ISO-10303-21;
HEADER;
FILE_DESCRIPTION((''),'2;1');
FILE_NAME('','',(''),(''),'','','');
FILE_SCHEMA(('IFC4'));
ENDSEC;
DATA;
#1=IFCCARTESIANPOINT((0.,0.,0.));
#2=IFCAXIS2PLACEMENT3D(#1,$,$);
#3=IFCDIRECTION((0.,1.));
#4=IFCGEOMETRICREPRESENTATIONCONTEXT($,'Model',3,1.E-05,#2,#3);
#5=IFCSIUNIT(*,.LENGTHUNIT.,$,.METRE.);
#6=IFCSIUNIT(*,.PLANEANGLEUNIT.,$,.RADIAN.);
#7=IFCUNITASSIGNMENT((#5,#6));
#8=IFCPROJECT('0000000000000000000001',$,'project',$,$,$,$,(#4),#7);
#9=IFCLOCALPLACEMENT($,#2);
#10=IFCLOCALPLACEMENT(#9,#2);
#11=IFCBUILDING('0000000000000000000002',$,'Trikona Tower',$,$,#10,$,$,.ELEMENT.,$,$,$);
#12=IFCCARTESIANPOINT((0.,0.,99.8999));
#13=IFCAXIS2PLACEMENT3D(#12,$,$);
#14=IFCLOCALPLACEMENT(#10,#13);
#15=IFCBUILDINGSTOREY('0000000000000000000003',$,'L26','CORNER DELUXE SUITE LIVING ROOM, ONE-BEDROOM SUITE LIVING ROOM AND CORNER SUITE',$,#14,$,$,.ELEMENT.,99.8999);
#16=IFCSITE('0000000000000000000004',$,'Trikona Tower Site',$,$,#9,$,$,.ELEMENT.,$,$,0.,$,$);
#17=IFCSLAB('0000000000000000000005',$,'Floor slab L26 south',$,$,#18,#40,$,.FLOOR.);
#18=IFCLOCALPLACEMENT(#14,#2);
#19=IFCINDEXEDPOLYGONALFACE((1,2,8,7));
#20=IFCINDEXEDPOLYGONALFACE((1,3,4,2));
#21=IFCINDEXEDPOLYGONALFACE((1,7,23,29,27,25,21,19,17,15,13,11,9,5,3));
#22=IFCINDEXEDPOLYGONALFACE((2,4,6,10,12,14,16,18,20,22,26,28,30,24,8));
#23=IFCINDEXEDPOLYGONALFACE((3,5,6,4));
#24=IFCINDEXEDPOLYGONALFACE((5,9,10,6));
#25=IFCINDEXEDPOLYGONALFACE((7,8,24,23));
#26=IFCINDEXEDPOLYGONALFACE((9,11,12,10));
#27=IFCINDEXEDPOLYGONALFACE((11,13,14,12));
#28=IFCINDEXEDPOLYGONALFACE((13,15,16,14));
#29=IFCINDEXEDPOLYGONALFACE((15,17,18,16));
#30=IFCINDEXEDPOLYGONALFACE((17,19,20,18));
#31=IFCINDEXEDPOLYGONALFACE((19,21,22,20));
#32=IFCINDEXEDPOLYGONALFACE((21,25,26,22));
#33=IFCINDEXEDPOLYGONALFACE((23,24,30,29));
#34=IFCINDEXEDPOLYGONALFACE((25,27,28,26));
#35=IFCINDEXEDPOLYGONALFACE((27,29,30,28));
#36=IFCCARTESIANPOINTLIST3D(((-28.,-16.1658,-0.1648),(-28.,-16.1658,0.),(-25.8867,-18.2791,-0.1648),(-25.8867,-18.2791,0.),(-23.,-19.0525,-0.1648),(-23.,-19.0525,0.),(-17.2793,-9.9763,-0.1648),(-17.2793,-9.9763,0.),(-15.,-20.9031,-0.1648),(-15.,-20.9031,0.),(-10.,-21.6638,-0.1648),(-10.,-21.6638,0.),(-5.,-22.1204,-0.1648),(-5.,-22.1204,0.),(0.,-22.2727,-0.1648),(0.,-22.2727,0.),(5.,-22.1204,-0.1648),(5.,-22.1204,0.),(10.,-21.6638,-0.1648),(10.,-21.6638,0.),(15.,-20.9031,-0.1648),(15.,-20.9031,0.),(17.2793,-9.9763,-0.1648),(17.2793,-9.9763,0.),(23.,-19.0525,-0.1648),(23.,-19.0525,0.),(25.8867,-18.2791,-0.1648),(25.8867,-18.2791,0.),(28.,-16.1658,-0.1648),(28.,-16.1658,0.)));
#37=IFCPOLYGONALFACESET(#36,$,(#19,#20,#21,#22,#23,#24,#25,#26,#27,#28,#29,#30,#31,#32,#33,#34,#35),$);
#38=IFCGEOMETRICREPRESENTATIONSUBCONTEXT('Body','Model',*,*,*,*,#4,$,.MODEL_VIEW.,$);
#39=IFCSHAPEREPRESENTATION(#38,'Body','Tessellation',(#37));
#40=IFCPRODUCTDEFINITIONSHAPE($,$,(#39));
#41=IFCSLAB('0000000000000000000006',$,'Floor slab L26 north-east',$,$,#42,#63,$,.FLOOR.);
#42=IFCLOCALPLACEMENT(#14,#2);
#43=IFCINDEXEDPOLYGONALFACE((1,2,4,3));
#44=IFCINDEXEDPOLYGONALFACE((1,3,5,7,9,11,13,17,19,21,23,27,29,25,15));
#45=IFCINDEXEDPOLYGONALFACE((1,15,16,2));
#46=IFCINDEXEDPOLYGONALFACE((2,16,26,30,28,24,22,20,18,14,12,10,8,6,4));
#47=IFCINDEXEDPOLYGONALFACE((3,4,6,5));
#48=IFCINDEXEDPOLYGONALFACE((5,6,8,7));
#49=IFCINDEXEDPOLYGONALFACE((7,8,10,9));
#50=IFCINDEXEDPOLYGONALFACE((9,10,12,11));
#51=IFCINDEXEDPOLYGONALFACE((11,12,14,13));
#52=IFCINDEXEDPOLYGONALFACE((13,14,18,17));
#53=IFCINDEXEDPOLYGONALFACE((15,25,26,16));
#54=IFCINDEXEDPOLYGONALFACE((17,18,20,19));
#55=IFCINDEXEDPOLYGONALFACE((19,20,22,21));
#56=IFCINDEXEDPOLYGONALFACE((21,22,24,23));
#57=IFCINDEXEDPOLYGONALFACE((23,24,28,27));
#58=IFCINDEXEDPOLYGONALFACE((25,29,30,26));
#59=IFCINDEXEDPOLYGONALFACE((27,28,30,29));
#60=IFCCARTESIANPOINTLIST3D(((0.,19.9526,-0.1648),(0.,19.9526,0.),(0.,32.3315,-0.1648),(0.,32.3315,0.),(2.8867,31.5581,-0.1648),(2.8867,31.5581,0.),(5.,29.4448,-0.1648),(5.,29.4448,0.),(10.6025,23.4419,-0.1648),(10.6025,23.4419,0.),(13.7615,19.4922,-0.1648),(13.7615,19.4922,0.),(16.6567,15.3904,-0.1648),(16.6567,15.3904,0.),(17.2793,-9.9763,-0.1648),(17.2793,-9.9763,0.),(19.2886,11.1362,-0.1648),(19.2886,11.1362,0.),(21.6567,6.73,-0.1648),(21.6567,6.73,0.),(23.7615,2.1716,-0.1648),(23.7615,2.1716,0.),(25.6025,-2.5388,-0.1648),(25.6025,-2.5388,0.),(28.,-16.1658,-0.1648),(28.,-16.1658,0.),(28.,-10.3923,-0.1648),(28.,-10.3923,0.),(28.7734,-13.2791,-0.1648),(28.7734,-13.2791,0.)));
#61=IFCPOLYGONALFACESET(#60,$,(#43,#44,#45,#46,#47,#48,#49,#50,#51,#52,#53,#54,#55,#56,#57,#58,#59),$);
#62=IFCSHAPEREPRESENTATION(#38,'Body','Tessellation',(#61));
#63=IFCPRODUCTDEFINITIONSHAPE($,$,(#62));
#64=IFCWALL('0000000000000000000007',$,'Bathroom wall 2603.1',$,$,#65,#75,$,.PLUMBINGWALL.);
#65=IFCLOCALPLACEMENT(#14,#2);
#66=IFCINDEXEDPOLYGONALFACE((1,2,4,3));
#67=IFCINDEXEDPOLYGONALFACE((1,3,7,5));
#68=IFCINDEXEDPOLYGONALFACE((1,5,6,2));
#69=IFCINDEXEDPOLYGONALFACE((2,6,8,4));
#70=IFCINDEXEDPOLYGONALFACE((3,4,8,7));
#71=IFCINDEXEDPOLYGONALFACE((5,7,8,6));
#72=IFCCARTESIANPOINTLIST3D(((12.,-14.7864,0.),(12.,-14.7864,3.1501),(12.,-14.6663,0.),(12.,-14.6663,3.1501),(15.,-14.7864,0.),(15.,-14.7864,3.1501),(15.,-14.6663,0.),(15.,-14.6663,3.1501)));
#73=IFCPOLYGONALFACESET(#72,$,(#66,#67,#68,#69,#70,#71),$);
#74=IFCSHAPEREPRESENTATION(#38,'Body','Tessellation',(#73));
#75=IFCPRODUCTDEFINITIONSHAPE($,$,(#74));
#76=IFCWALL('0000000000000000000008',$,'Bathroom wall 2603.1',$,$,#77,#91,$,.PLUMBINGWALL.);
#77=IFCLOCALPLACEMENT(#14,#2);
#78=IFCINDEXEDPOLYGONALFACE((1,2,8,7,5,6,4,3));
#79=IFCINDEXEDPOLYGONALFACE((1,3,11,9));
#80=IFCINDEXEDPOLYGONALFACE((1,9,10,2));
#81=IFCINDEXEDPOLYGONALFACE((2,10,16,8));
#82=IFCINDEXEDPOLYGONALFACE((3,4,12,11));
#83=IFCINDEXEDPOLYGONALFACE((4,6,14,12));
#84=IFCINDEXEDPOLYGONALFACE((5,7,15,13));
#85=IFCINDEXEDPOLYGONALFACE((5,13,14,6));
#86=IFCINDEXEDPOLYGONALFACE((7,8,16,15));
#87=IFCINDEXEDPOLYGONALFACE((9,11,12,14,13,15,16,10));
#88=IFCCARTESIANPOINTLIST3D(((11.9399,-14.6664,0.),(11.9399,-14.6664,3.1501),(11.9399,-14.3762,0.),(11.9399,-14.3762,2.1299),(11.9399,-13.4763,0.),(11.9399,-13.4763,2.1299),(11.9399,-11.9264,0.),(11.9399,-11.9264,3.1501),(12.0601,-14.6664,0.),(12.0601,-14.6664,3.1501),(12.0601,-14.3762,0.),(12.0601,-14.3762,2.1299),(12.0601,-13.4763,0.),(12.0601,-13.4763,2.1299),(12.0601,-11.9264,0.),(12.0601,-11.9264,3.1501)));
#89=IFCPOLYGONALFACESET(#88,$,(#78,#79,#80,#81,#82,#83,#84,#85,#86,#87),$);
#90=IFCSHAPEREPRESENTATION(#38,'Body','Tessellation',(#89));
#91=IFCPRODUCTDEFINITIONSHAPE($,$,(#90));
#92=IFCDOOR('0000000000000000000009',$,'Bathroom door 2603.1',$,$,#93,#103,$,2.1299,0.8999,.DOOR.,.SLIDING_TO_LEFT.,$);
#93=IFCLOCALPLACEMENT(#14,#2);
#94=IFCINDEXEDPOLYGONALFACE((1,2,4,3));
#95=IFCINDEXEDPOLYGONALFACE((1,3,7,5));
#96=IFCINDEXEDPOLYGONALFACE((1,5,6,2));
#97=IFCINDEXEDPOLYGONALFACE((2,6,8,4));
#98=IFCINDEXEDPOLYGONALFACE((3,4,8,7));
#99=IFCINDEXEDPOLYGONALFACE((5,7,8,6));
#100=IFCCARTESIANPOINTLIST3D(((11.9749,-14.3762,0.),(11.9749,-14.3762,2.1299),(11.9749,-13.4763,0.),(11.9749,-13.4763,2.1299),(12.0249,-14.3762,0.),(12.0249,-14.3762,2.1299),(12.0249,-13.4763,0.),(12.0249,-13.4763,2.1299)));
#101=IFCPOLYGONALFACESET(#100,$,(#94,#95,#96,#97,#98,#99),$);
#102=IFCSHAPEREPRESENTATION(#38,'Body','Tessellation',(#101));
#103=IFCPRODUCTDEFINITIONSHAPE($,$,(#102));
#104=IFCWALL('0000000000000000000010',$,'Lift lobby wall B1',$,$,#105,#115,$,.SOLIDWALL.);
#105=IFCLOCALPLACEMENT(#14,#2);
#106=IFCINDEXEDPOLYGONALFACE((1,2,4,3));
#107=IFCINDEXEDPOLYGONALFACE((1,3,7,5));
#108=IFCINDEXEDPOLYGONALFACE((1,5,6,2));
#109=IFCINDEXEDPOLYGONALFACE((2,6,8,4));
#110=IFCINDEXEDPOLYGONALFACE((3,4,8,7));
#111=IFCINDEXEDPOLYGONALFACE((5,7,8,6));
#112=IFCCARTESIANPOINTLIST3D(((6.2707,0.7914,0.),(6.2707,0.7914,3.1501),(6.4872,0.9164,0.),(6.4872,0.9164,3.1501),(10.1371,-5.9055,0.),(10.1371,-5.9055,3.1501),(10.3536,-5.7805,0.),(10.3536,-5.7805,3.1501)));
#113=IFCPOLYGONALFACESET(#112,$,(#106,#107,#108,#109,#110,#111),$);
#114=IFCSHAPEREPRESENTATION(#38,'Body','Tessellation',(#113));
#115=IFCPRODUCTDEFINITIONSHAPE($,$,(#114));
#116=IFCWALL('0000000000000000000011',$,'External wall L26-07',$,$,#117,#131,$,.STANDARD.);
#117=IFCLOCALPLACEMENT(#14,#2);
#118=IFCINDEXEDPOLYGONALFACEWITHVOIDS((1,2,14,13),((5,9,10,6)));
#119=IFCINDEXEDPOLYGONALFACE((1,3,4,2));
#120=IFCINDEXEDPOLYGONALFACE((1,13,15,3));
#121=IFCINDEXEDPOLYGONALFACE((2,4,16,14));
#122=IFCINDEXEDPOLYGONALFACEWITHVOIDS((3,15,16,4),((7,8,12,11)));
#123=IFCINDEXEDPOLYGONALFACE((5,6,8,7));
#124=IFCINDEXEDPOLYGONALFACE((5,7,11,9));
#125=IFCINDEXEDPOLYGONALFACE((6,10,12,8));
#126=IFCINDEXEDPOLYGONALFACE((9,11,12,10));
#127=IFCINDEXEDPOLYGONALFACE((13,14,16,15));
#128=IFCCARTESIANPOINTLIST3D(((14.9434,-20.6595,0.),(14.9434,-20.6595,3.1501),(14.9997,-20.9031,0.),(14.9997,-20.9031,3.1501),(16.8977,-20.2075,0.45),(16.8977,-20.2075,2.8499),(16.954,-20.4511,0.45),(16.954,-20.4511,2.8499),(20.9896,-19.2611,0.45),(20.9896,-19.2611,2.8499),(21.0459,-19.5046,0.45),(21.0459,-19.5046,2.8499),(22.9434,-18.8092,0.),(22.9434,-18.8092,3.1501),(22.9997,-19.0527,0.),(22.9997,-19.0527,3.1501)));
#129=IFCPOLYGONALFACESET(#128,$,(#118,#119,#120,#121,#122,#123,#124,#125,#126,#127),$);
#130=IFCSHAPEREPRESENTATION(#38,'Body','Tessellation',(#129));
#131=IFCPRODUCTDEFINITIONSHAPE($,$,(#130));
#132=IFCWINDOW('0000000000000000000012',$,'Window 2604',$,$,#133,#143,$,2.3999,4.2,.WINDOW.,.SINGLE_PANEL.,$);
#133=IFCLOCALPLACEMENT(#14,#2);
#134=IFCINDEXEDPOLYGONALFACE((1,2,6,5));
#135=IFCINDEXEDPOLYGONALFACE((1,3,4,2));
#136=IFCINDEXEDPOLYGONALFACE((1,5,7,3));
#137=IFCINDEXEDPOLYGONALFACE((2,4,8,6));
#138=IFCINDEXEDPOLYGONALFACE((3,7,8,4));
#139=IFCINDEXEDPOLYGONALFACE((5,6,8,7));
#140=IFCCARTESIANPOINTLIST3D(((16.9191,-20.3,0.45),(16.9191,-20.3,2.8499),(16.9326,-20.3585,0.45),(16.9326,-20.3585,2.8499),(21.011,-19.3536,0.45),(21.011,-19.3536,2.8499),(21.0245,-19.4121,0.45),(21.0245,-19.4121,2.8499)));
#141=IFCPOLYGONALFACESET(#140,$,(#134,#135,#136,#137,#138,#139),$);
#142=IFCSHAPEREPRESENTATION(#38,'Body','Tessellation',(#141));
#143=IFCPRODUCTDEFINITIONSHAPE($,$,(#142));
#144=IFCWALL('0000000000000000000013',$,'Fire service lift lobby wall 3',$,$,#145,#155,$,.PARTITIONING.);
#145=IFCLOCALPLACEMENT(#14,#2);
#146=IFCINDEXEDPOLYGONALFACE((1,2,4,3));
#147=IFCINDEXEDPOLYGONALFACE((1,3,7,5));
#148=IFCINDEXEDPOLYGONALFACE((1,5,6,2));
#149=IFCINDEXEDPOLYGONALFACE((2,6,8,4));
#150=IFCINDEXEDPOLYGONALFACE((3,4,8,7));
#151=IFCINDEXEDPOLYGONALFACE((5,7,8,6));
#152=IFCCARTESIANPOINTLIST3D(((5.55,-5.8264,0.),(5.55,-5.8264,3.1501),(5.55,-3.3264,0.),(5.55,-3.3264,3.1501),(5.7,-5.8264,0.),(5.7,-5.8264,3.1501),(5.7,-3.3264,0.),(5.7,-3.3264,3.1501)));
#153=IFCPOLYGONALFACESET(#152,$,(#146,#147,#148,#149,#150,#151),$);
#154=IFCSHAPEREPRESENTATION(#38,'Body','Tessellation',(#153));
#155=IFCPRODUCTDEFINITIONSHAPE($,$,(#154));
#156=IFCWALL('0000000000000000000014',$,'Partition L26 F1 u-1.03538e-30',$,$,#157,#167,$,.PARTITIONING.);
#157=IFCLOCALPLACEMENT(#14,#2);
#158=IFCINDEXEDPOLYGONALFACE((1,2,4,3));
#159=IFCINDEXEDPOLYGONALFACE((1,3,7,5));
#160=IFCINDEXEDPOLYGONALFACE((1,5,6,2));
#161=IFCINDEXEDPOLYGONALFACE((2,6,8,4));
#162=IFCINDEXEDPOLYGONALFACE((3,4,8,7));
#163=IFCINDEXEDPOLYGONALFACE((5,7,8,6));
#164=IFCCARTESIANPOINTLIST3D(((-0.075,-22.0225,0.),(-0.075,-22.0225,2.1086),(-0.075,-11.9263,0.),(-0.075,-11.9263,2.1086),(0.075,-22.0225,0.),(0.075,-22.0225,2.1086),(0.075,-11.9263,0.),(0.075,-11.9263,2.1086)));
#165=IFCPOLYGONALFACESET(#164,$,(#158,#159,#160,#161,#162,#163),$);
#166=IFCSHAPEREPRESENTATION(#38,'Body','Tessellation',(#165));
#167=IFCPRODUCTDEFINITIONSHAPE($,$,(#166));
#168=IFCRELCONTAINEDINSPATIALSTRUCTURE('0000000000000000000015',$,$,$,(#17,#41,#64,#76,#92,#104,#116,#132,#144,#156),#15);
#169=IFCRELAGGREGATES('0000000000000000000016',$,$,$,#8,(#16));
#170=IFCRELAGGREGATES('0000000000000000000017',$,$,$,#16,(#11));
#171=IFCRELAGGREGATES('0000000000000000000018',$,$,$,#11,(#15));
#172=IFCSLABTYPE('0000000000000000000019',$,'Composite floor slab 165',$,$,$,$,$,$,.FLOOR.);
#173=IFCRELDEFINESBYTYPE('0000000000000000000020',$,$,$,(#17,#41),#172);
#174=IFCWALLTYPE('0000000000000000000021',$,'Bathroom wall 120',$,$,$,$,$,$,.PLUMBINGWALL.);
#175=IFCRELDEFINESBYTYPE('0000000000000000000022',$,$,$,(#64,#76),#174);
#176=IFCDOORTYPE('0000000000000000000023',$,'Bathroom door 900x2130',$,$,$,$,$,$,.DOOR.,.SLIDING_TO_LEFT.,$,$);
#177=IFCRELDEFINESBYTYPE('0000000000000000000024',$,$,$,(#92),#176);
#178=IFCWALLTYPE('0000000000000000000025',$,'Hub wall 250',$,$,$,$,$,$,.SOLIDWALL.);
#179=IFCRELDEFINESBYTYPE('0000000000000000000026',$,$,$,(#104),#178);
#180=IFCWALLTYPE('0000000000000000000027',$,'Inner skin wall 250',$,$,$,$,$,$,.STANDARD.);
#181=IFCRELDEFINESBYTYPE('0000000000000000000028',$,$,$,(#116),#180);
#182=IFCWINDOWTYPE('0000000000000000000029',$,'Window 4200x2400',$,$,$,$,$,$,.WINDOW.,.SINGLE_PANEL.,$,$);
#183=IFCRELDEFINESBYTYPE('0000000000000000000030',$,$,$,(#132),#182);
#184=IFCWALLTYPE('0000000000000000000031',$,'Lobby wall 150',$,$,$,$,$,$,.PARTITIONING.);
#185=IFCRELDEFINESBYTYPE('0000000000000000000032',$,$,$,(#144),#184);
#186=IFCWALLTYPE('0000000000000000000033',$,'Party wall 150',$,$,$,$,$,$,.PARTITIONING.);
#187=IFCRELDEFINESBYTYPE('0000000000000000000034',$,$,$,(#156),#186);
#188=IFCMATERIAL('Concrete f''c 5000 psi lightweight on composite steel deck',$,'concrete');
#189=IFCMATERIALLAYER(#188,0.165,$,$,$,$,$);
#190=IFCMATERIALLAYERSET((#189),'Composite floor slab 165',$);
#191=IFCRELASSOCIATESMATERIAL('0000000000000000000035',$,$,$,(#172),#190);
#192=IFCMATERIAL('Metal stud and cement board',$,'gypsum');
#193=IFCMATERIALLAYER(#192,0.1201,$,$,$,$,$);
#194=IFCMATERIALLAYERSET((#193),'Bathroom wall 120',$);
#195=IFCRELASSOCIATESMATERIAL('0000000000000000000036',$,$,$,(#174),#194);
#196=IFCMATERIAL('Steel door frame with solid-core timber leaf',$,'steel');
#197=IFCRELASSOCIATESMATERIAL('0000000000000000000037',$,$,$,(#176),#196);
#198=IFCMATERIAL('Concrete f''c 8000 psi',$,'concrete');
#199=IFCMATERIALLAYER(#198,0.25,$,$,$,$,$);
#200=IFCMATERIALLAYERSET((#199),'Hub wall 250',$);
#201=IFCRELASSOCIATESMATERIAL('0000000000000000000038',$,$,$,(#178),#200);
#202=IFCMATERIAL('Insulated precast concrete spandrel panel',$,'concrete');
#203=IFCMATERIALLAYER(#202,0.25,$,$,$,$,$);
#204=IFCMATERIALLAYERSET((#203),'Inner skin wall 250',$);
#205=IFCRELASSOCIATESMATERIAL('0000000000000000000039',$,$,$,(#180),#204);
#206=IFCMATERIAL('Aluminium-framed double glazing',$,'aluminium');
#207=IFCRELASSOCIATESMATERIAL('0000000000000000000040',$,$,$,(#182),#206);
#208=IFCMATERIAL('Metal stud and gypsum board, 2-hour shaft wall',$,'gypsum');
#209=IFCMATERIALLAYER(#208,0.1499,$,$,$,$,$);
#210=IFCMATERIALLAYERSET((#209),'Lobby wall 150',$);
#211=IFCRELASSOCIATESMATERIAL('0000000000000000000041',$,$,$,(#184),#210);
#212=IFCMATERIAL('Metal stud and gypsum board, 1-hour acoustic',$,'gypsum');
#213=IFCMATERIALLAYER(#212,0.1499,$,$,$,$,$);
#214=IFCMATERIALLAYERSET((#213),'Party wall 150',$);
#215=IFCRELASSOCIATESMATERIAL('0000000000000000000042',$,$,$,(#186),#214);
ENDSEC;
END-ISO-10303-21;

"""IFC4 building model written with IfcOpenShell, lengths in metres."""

from ifc_helpers import new_model, si_unit, direction, frame, frame_2d, origin, place, context, subcontext, project, spatial, polyline, rectangle, outline, extrude, material, layer, layer_set, type_object, element, fill, save


model = new_model("IFC4")

# Units and contexts
model_context = context("Model", 3, precision=1e-05, world=origin(), true_north=direction((0.0, 1.0)))
body_context = subcontext(model_context, "Body", "Model", "MODEL_VIEW")
ifc_project = project(units=[si_unit("LENGTHUNIT", "METRE"), si_unit("PLANEANGLEUNIT", "RADIAN")], contexts=[model_context])

# Site, building, storey
site_placement = place(None, origin())
site = spatial("IfcSite", under=ifc_project, at=site_placement, Name="Trikona Tower Site", CompositionType="ELEMENT", RefElevation=0.0)
building_placement = place(site_placement, origin())
building = spatial("IfcBuilding", under=site, at=building_placement, Name="Trikona Tower", CompositionType="ELEMENT")
storey_placement = place(building_placement, frame((0.0, 0.0, 99.8999)))
storey = spatial("IfcBuildingStorey", under=building, at=storey_placement, Name="L26", Description="CORNER DELUXE SUITE LIVING ROOM, ONE-BEDROOM SUITE LIVING ROOM AND CORNER SUITE", CompositionType="ELEMENT", Elevation=99.8999)

# Slabs
ifc_material_1 = material(Name="Concrete f'c 5000 psi lightweight on composite steel deck", Category="concrete")
ifc_layer_1 = layer(ifc_material_1, 0.165)
ifc_layer_set_1 = layer_set([ifc_layer_1], Name="Composite floor slab 165")
slab_type = type_object("IfcSlabType", Name="Composite floor slab 165", PredefinedType="FLOOR", material=ifc_layer_set_1)
slab_1_placement = place(storey_placement, frame((0.0, 0.0, -0.1648)))
element("IfcSlab", 1, at=slab_1_placement, inside=storey, type_object=slab_type, Name="Floor slab L26 south", PredefinedType="FLOOR", context=body_context, shape_type="SweptSolid", body=[
    extrude(outline(polyline([(25.8867, -18.2791), (28.0, -16.1658), (17.2793, -9.9763), (-17.2793, -9.9763), (-28.0, -16.1658), (-25.8867, -18.2791), (-23.0, -19.0525), (-15.0, -20.9031), (-10.0, -21.6638), (-5.0, -22.1204), (0.0, -22.2727), (5.0, -22.1204), (10.0, -21.6638), (15.0, -20.9031), (23.0, -19.0525), (25.8867, -18.2791)])), origin(), (0.0, 0.0, 1.0), 0.1648),
])
slab_2_placement = place(storey_placement, frame((0.0, 0.0, -0.1648)))
element("IfcSlab", 2, at=slab_2_placement, inside=storey, type_object=slab_type, Name="Floor slab L26 north-east", PredefinedType="FLOOR", context=body_context, shape_type="SweptSolid", body=[
    extrude(outline(polyline([(2.8867, 31.5581), (0.0, 32.3315), (0.0, 19.9526), (17.2793, -9.9763), (28.0, -16.1658), (28.7734, -13.2791), (28.0, -10.3923), (25.6025, -2.5388), (23.7615, 2.1716), (21.6567, 6.73), (19.2886, 11.1362), (16.6567, 15.3904), (13.7615, 19.4922), (10.6025, 23.4419), (5.0, 29.4448), (2.8867, 31.5581)])), origin(), (0.0, 0.0, 1.0), 0.1648),
])

# Wall
ifc_material_2 = material(Name="Metal stud and cement board", Category="gypsum")
ifc_layer_2 = layer(ifc_material_2, 0.1201)
ifc_layer_set_2 = layer_set([ifc_layer_2], Name="Bathroom wall 120")
wall_type_1 = type_object("IfcWallType", Name="Bathroom wall 120", PredefinedType="PLUMBINGWALL", material=ifc_layer_set_2)
wall_1_placement = place(storey_placement, frame((12.0, -14.7263, 0.0), z_axis=(0.0, 0.0, 1.0), x_axis=(1.0, 0.0, 0.0)))
element("IfcWall", 3, at=wall_1_placement, inside=storey, type_object=wall_type_1, Name="Bathroom wall 2603.1", PredefinedType="PLUMBINGWALL", context=body_context, shape_type="SweptSolid", body=[
    extrude(rectangle(XDim=3.0, YDim=0.1201, at=frame_2d((1.5, 0.0))), origin(), (0.0, 0.0, 1.0), 3.1501),
])

# Wall, opening, door
wall_2_placement = place(storey_placement, frame((12.0, -11.9263, 0.0), z_axis=(0.0, 0.0, 1.0), x_axis=(0.0, -1.0, 0.0)))
wall_2 = element("IfcWall", 4, at=wall_2_placement, inside=storey, type_object=wall_type_1, Name="Bathroom wall 2603.1", PredefinedType="PLUMBINGWALL", context=body_context, shape_type="SweptSolid", body=[
    extrude(rectangle(XDim=2.74, YDim=0.1201, at=frame_2d((1.3701, 0.0))), origin(), (0.0, 0.0, 1.0), 3.1501),
])
opening_1_placement = place(wall_2_placement, frame((1.55, 0.0, 0.0)))
opening_1 = element("IfcOpeningElement", 5, at=opening_1_placement, cuts=wall_2, PredefinedType="OPENING", context=body_context, shape_type="SweptSolid", body=[
    extrude(rectangle(XDim=0.8999, YDim=2.1299, at=frame_2d((0.45, 1.0649))), frame((0.0, 0.0701, 0.0), z_axis=(0.0, -1.0, 0.0), x_axis=(1.0, 0.0, 0.0)), (0.0, 0.0, 1.0), 0.1401),
])
ifc_material_3 = material(Name="Steel door frame with solid-core timber leaf", Category="steel")
door_type_1 = type_object("IfcDoorType", Name="Bathroom door 900x2130", OperationType="SLIDING_TO_LEFT", PredefinedType="DOOR", material=ifc_material_3)
door_1_placement = place(opening_1_placement, origin())
door_1 = element("IfcDoor", 6, at=door_1_placement, inside=storey, type_object=door_type_1, Name="Bathroom door 2603.1", OperationType="SLIDING_TO_LEFT", OverallHeight=2.1299, OverallWidth=0.8999, PredefinedType="DOOR", context=body_context, shape_type="SweptSolid", body=[
    extrude(rectangle(XDim=0.8999, YDim=2.1299, at=frame_2d((0.45, 1.0649))), frame((0.0, 0.0249, 0.0), z_axis=(0.0, -1.0, 0.0), x_axis=(1.0, 0.0, 0.0)), (0.0, 0.0, 1.0), 0.05),
])
fill(opening_1, door_1)

# Wall
ifc_material_4 = material(Name="Concrete f'c 8000 psi", Category="concrete")
ifc_layer_3 = layer(ifc_material_4, 0.25)
ifc_layer_set_3 = layer_set([ifc_layer_3], Name="Hub wall 250")
wall_type_2 = type_object("IfcWallType", Name="Hub wall 250", PredefinedType="SOLIDWALL", material=ifc_layer_set_3)
wall_3_placement = place(storey_placement, frame((10.2454, -5.843, 0.0), z_axis=(0.0, 0.0, 1.0), x_axis=(-0.499993, 0.866029, 0.0)))
element("IfcWall", 7, at=wall_3_placement, inside=storey, type_object=wall_type_2, Name="Lift lobby wall B1", PredefinedType="SOLIDWALL", context=body_context, shape_type="SweptSolid", body=[
    extrude(rectangle(XDim=7.7329, YDim=0.25, at=frame_2d((3.8665, 0.0))), origin(), (0.0, 0.0, 1.0), 3.1501),
])

# Wall, opening, window
ifc_material_5 = material(Name="Insulated precast concrete spandrel panel", Category="concrete")
ifc_layer_4 = layer(ifc_material_5, 0.25)
ifc_layer_set_4 = layer_set([ifc_layer_4], Name="Inner skin wall 250")
wall_type_3 = type_object("IfcWallType", Name="Inner skin wall 250", PredefinedType="STANDARD", material=ifc_layer_set_4)
wall_4_placement = place(storey_placement, frame((14.9717, -20.7812, 0.0), z_axis=(0.0, 0.0, 1.0), x_axis=(0.974279, 0.225344, 0.0)))
wall_4 = element("IfcWall", 8, at=wall_4_placement, inside=storey, type_object=wall_type_3, Name="External wall L26-07", PredefinedType="STANDARD", context=body_context, shape_type="SweptSolid", body=[
    extrude(rectangle(XDim=8.2112, YDim=0.25, at=frame_2d((4.1055, 0.0))), origin(), (0.0, 0.0, 1.0), 3.1501),
])
opening_2_placement = place(wall_4_placement, frame((2.0056, 0.0, 0.45)))
opening_2 = element("IfcOpeningElement", 9, at=opening_2_placement, cuts=wall_4, PredefinedType="OPENING", context=body_context, shape_type="SweptSolid", body=[
    extrude(rectangle(XDim=4.2, YDim=2.3999, at=frame_2d((2.1001, 1.2))), frame((0.0, 0.135, 0.0), z_axis=(0.0, -1.0, 0.0), x_axis=(1.0, 0.0, 0.0)), (0.0, 0.0, 1.0), 0.27),
])
ifc_material_6 = material(Name="Aluminium-framed double glazing", Category="aluminium")
window_type = type_object("IfcWindowType", Name="Window 4200x2400", PartitioningType="SINGLE_PANEL", PredefinedType="WINDOW", material=ifc_material_6)
window_placement = place(opening_2_placement, origin())
window = element("IfcWindow", 10, at=window_placement, inside=storey, type_object=window_type, Name="Window 2604", OverallHeight=2.3999, OverallWidth=4.2, PartitioningType="SINGLE_PANEL", PredefinedType="WINDOW", context=body_context, shape_type="SweptSolid", body=[
    extrude(rectangle(XDim=4.2, YDim=2.3999, at=frame_2d((2.1001, 1.2))), frame((0.0, 0.03, 0.0), z_axis=(0.0, -1.0, 0.0), x_axis=(1.0, 0.0, 0.0)), (0.0, 0.0, 1.0), 0.0601),
])
fill(opening_2, window)

# Walls
ifc_material_7 = material(Name="Metal stud and gypsum board, 2-hour shaft wall", Category="gypsum")
ifc_layer_5 = layer(ifc_material_7, 0.1499)
ifc_layer_set_5 = layer_set([ifc_layer_5], Name="Lobby wall 150")
wall_type_4 = type_object("IfcWallType", Name="Lobby wall 150", PredefinedType="PARTITIONING", material=ifc_layer_set_5)
wall_5_placement = place(storey_placement, frame((5.625, -5.8264, 0.0), z_axis=(0.0, 0.0, 1.0), x_axis=(0.0, 1.0, 0.0)))
element("IfcWall", 11, at=wall_5_placement, inside=storey, type_object=wall_type_4, Name="Fire service lift lobby wall 3", PredefinedType="PARTITIONING", context=body_context, shape_type="SweptSolid", body=[
    extrude(rectangle(XDim=2.5, YDim=0.1499, at=frame_2d((1.25, 0.0))), origin(), (0.0, 0.0, 1.0), 3.1501),
])
ifc_material_8 = material(Name="Metal stud and gypsum board, 1-hour acoustic", Category="gypsum")
ifc_layer_6 = layer(ifc_material_8, 0.1499)
ifc_layer_set_6 = layer_set([ifc_layer_6], Name="Party wall 150")
wall_type_5 = type_object("IfcWallType", Name="Party wall 150", PredefinedType="PARTITIONING", material=ifc_layer_set_6)
wall_6_placement = place(storey_placement, frame((0.0, -11.9263, 0.0), z_axis=(0.0, 0.0, 1.0), x_axis=(0.0, -1.0, 0.0)))
element("IfcWall", 12, at=wall_6_placement, inside=storey, type_object=wall_type_5, Name="Partition L26 F1 u-1.03538e-30", PredefinedType="PARTITIONING", context=body_context, shape_type="SweptSolid", body=[
    extrude(rectangle(XDim=10.0962, YDim=0.1499, at=frame_2d((5.0481, 0.0))), origin(), (0.0, 0.0, 1.0), 2.1086),
])

save(model, "model.ifc")
